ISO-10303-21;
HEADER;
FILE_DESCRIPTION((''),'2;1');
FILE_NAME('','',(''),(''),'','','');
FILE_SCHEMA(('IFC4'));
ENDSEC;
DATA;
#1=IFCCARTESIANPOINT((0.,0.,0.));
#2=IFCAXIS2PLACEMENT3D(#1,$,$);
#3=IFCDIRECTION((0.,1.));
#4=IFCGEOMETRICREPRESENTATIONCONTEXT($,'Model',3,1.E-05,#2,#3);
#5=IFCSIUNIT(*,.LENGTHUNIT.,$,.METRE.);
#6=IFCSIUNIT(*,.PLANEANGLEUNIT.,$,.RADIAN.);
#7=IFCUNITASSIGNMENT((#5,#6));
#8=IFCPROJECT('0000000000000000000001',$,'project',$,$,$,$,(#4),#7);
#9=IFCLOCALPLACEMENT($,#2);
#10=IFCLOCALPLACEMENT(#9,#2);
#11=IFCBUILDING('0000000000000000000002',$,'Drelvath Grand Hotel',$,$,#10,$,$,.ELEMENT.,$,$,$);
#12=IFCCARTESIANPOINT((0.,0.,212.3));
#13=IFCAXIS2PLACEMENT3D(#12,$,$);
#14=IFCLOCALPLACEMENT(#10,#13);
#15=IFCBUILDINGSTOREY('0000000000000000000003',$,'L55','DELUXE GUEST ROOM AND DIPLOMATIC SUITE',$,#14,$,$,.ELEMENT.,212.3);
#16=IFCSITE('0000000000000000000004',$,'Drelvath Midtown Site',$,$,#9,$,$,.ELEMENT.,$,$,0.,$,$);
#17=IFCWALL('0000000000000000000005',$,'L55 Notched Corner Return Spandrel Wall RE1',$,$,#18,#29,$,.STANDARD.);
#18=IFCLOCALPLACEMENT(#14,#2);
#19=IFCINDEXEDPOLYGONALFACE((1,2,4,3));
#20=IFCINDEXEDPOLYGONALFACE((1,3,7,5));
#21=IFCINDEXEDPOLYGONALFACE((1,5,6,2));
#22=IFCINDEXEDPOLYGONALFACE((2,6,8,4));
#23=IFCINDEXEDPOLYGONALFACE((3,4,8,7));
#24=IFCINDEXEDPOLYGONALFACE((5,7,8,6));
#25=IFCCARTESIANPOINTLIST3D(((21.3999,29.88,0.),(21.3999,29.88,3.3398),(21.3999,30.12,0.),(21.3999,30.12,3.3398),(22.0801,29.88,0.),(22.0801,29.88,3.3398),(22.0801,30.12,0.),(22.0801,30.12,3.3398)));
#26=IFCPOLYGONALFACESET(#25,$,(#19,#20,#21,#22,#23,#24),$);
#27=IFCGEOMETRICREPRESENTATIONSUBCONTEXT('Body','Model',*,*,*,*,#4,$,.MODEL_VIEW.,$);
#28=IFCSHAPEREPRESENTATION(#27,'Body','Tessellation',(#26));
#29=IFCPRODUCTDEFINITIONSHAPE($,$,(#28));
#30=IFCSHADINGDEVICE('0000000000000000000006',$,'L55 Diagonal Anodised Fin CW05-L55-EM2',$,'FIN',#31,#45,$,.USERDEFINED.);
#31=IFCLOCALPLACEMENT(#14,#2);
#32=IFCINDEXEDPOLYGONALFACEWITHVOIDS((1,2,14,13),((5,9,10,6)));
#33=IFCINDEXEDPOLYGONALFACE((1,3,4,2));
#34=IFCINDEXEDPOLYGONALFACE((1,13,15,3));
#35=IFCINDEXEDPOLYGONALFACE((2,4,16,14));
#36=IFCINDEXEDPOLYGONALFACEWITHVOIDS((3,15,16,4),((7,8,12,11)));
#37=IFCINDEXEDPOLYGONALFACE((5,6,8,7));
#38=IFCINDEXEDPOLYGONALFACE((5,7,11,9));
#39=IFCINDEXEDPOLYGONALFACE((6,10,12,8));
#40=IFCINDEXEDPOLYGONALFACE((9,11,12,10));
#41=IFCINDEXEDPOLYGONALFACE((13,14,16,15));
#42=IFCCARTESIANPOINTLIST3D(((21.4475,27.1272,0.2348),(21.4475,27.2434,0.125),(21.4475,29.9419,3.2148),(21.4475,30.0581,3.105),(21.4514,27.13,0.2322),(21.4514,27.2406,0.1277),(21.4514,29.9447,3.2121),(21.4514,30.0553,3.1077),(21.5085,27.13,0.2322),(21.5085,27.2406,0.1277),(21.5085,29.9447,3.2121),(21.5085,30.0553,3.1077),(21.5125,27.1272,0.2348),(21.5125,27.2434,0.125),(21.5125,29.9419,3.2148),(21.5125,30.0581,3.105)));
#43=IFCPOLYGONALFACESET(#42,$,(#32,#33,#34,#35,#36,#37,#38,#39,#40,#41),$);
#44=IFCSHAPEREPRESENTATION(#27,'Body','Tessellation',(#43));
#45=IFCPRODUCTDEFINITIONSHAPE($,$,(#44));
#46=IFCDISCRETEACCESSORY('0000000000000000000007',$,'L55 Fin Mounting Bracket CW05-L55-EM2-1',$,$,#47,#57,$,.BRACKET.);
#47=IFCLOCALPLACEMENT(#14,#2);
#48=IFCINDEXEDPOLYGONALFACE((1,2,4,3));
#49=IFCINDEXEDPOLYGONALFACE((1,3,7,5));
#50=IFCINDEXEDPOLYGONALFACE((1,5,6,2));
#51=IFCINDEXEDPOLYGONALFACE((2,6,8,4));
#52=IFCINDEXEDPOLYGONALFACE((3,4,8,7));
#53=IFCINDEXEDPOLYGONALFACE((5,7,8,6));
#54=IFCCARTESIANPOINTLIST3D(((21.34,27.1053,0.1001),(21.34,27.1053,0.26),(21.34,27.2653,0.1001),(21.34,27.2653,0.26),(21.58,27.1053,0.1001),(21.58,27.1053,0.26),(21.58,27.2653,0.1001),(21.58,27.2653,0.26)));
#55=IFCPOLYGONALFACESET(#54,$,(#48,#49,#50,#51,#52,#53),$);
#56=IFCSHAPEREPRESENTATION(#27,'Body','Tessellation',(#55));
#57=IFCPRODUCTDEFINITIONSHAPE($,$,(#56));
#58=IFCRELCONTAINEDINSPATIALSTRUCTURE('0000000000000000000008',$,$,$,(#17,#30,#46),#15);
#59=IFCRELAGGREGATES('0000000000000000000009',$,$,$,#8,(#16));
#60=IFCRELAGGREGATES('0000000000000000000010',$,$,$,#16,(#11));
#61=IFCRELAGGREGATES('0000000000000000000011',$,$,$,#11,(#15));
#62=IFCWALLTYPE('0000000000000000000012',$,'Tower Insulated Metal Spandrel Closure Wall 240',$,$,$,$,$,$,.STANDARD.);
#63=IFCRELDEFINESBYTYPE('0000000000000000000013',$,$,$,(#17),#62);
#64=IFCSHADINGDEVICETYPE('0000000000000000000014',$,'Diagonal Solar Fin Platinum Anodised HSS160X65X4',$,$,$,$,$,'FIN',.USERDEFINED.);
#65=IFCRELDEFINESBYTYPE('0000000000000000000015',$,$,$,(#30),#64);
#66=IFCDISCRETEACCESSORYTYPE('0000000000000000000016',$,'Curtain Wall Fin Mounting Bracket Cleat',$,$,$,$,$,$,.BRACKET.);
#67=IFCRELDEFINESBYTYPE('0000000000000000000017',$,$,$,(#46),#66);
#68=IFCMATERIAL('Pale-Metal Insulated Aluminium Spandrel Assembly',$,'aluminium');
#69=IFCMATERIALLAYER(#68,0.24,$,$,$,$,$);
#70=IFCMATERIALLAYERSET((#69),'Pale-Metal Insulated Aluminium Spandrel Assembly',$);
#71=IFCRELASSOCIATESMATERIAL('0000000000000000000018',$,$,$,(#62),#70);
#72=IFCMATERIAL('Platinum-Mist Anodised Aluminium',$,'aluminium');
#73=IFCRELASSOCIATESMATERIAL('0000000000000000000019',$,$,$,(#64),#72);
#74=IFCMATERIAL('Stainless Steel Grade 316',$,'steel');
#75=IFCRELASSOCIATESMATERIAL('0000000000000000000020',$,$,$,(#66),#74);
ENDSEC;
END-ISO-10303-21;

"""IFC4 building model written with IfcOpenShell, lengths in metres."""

from ifc_helpers import new_model, si_unit, direction, frame, frame_2d, origin, origin_2d, place, context, subcontext, project, spatial, rectangle, hollow_rectangle, extrude, material, layer, layer_set, material_profile, profile_set, type_object, element, save


model = new_model("IFC4")

# Units and contexts
model_context = context("Model", 3, precision=1e-05, world=origin(), true_north=direction((0.0, 1.0)))
body_context = subcontext(model_context, "Body", "Model", "MODEL_VIEW")
ifc_project = project(units=[si_unit("LENGTHUNIT", "METRE"), si_unit("PLANEANGLEUNIT", "RADIAN")], contexts=[model_context])

# Site, building, storey
site_placement = place(None, origin())
site = spatial("IfcSite", under=ifc_project, at=site_placement, Name="Drelvath Midtown Site", CompositionType="ELEMENT", RefElevation=0.0)
building_placement = place(site_placement, origin())
building = spatial("IfcBuilding", under=site, at=building_placement, Name="Drelvath Grand Hotel", CompositionType="ELEMENT")
storey_placement = place(building_placement, frame((0.0, 0.0, 212.3)))
storey = spatial("IfcBuildingStorey", under=building, at=storey_placement, Name="L55", Description="DELUXE GUEST ROOM AND DIPLOMATIC SUITE", CompositionType="ELEMENT", Elevation=212.3)

# Wall
ifc_material_1 = material(Name="Pale-Metal Insulated Aluminium Spandrel Assembly", Category="aluminium")
ifc_layer_1 = layer(ifc_material_1, 0.24)
ifc_layer_set_1 = layer_set([ifc_layer_1], Name="Pale-Metal Insulated Aluminium Spandrel Assembly")
wall_type_1 = type_object("IfcWallType", Name="Tower Insulated Metal Spandrel Closure Wall 240", PredefinedType="STANDARD", material=ifc_layer_set_1)
wall_1_placement = place(storey_placement, frame((22.0801, 30.0, 0.0), z_axis=(0.0, 0.0, 1.0), x_axis=(-1.0, 0.0, 0.0)))
element("IfcWall", 1, at=wall_1_placement, inside=storey, type_object=wall_type_1, Name="L55 Notched Corner Return Spandrel Wall RE1", PredefinedType="STANDARD", context=body_context, shape_type="SweptSolid", body=[
    extrude(rectangle(XDim=0.6802, YDim=0.24, at=frame_2d((0.3401, 0.0))), origin(), (0.0, 0.0, 1.0), 3.3398),
])

# Shading device
ifc_material_2 = material(Name="Platinum-Mist Anodised Aluminium", Category="aluminium")
ifc_material_profile_1 = material_profile(ifc_material_2, hollow_rectangle(XDim=0.0649, YDim=0.1599, WallThickness=0.0039, at=origin_2d()), Name="HSS160X65X4")
ifc_profile_set_1 = profile_set([ifc_material_profile_1], Name="Platinum-Mist Anodised Aluminium")
shading_device_type = type_object("IfcShadingDeviceType", Name="Diagonal Solar Fin Platinum Anodised HSS160X65X4", ElementType="FIN", PredefinedType="USERDEFINED", material=ifc_profile_set_1)
shading_device_placement = place(storey_placement, frame((21.48, 27.1853, 0.1799), z_axis=(0.0, 0.686659, 0.72698), x_axis=(-1.0, 0.0, 0.0)))
element("IfcShadingDevice", 2, at=shading_device_placement, inside=storey, type_object=shading_device_type, Name="L55 Diagonal Anodised Fin CW05-L55-EM2", ObjectType="FIN", PredefinedType="USERDEFINED", context=body_context, shape_type="SweptSolid", body=[
    extrude(hollow_rectangle(XDim=0.0649, YDim=0.1599, WallThickness=0.0039, at=origin_2d()), origin(), (0.0, 0.0, 1.0), 4.0991),
])

# Discrete accessory
ifc_material_3 = material(Name="Stainless Steel Grade 316", Category="steel")
discrete_accessory_type = type_object("IfcDiscreteAccessoryType", Name="Curtain Wall Fin Mounting Bracket Cleat", PredefinedType="BRACKET", material=ifc_material_3)
discrete_accessory_placement = place(storey_placement, frame((21.46, 27.1853, 0.1001), z_axis=(0.0, 0.0, 1.0), x_axis=(0.0, -1.0, 0.0)))
element("IfcDiscreteAccessory", 3, at=discrete_accessory_placement, inside=storey, type_object=discrete_accessory_type, Name="L55 Fin Mounting Bracket CW05-L55-EM2-1", PredefinedType="BRACKET", context=body_context, shape_type="SweptSolid", body=[
    extrude(rectangle(XDim=0.1599, YDim=0.24, at=origin_2d()), origin(), (0.0, 0.0, 1.0), 0.1599),
])

save(model, "model.ifc")
